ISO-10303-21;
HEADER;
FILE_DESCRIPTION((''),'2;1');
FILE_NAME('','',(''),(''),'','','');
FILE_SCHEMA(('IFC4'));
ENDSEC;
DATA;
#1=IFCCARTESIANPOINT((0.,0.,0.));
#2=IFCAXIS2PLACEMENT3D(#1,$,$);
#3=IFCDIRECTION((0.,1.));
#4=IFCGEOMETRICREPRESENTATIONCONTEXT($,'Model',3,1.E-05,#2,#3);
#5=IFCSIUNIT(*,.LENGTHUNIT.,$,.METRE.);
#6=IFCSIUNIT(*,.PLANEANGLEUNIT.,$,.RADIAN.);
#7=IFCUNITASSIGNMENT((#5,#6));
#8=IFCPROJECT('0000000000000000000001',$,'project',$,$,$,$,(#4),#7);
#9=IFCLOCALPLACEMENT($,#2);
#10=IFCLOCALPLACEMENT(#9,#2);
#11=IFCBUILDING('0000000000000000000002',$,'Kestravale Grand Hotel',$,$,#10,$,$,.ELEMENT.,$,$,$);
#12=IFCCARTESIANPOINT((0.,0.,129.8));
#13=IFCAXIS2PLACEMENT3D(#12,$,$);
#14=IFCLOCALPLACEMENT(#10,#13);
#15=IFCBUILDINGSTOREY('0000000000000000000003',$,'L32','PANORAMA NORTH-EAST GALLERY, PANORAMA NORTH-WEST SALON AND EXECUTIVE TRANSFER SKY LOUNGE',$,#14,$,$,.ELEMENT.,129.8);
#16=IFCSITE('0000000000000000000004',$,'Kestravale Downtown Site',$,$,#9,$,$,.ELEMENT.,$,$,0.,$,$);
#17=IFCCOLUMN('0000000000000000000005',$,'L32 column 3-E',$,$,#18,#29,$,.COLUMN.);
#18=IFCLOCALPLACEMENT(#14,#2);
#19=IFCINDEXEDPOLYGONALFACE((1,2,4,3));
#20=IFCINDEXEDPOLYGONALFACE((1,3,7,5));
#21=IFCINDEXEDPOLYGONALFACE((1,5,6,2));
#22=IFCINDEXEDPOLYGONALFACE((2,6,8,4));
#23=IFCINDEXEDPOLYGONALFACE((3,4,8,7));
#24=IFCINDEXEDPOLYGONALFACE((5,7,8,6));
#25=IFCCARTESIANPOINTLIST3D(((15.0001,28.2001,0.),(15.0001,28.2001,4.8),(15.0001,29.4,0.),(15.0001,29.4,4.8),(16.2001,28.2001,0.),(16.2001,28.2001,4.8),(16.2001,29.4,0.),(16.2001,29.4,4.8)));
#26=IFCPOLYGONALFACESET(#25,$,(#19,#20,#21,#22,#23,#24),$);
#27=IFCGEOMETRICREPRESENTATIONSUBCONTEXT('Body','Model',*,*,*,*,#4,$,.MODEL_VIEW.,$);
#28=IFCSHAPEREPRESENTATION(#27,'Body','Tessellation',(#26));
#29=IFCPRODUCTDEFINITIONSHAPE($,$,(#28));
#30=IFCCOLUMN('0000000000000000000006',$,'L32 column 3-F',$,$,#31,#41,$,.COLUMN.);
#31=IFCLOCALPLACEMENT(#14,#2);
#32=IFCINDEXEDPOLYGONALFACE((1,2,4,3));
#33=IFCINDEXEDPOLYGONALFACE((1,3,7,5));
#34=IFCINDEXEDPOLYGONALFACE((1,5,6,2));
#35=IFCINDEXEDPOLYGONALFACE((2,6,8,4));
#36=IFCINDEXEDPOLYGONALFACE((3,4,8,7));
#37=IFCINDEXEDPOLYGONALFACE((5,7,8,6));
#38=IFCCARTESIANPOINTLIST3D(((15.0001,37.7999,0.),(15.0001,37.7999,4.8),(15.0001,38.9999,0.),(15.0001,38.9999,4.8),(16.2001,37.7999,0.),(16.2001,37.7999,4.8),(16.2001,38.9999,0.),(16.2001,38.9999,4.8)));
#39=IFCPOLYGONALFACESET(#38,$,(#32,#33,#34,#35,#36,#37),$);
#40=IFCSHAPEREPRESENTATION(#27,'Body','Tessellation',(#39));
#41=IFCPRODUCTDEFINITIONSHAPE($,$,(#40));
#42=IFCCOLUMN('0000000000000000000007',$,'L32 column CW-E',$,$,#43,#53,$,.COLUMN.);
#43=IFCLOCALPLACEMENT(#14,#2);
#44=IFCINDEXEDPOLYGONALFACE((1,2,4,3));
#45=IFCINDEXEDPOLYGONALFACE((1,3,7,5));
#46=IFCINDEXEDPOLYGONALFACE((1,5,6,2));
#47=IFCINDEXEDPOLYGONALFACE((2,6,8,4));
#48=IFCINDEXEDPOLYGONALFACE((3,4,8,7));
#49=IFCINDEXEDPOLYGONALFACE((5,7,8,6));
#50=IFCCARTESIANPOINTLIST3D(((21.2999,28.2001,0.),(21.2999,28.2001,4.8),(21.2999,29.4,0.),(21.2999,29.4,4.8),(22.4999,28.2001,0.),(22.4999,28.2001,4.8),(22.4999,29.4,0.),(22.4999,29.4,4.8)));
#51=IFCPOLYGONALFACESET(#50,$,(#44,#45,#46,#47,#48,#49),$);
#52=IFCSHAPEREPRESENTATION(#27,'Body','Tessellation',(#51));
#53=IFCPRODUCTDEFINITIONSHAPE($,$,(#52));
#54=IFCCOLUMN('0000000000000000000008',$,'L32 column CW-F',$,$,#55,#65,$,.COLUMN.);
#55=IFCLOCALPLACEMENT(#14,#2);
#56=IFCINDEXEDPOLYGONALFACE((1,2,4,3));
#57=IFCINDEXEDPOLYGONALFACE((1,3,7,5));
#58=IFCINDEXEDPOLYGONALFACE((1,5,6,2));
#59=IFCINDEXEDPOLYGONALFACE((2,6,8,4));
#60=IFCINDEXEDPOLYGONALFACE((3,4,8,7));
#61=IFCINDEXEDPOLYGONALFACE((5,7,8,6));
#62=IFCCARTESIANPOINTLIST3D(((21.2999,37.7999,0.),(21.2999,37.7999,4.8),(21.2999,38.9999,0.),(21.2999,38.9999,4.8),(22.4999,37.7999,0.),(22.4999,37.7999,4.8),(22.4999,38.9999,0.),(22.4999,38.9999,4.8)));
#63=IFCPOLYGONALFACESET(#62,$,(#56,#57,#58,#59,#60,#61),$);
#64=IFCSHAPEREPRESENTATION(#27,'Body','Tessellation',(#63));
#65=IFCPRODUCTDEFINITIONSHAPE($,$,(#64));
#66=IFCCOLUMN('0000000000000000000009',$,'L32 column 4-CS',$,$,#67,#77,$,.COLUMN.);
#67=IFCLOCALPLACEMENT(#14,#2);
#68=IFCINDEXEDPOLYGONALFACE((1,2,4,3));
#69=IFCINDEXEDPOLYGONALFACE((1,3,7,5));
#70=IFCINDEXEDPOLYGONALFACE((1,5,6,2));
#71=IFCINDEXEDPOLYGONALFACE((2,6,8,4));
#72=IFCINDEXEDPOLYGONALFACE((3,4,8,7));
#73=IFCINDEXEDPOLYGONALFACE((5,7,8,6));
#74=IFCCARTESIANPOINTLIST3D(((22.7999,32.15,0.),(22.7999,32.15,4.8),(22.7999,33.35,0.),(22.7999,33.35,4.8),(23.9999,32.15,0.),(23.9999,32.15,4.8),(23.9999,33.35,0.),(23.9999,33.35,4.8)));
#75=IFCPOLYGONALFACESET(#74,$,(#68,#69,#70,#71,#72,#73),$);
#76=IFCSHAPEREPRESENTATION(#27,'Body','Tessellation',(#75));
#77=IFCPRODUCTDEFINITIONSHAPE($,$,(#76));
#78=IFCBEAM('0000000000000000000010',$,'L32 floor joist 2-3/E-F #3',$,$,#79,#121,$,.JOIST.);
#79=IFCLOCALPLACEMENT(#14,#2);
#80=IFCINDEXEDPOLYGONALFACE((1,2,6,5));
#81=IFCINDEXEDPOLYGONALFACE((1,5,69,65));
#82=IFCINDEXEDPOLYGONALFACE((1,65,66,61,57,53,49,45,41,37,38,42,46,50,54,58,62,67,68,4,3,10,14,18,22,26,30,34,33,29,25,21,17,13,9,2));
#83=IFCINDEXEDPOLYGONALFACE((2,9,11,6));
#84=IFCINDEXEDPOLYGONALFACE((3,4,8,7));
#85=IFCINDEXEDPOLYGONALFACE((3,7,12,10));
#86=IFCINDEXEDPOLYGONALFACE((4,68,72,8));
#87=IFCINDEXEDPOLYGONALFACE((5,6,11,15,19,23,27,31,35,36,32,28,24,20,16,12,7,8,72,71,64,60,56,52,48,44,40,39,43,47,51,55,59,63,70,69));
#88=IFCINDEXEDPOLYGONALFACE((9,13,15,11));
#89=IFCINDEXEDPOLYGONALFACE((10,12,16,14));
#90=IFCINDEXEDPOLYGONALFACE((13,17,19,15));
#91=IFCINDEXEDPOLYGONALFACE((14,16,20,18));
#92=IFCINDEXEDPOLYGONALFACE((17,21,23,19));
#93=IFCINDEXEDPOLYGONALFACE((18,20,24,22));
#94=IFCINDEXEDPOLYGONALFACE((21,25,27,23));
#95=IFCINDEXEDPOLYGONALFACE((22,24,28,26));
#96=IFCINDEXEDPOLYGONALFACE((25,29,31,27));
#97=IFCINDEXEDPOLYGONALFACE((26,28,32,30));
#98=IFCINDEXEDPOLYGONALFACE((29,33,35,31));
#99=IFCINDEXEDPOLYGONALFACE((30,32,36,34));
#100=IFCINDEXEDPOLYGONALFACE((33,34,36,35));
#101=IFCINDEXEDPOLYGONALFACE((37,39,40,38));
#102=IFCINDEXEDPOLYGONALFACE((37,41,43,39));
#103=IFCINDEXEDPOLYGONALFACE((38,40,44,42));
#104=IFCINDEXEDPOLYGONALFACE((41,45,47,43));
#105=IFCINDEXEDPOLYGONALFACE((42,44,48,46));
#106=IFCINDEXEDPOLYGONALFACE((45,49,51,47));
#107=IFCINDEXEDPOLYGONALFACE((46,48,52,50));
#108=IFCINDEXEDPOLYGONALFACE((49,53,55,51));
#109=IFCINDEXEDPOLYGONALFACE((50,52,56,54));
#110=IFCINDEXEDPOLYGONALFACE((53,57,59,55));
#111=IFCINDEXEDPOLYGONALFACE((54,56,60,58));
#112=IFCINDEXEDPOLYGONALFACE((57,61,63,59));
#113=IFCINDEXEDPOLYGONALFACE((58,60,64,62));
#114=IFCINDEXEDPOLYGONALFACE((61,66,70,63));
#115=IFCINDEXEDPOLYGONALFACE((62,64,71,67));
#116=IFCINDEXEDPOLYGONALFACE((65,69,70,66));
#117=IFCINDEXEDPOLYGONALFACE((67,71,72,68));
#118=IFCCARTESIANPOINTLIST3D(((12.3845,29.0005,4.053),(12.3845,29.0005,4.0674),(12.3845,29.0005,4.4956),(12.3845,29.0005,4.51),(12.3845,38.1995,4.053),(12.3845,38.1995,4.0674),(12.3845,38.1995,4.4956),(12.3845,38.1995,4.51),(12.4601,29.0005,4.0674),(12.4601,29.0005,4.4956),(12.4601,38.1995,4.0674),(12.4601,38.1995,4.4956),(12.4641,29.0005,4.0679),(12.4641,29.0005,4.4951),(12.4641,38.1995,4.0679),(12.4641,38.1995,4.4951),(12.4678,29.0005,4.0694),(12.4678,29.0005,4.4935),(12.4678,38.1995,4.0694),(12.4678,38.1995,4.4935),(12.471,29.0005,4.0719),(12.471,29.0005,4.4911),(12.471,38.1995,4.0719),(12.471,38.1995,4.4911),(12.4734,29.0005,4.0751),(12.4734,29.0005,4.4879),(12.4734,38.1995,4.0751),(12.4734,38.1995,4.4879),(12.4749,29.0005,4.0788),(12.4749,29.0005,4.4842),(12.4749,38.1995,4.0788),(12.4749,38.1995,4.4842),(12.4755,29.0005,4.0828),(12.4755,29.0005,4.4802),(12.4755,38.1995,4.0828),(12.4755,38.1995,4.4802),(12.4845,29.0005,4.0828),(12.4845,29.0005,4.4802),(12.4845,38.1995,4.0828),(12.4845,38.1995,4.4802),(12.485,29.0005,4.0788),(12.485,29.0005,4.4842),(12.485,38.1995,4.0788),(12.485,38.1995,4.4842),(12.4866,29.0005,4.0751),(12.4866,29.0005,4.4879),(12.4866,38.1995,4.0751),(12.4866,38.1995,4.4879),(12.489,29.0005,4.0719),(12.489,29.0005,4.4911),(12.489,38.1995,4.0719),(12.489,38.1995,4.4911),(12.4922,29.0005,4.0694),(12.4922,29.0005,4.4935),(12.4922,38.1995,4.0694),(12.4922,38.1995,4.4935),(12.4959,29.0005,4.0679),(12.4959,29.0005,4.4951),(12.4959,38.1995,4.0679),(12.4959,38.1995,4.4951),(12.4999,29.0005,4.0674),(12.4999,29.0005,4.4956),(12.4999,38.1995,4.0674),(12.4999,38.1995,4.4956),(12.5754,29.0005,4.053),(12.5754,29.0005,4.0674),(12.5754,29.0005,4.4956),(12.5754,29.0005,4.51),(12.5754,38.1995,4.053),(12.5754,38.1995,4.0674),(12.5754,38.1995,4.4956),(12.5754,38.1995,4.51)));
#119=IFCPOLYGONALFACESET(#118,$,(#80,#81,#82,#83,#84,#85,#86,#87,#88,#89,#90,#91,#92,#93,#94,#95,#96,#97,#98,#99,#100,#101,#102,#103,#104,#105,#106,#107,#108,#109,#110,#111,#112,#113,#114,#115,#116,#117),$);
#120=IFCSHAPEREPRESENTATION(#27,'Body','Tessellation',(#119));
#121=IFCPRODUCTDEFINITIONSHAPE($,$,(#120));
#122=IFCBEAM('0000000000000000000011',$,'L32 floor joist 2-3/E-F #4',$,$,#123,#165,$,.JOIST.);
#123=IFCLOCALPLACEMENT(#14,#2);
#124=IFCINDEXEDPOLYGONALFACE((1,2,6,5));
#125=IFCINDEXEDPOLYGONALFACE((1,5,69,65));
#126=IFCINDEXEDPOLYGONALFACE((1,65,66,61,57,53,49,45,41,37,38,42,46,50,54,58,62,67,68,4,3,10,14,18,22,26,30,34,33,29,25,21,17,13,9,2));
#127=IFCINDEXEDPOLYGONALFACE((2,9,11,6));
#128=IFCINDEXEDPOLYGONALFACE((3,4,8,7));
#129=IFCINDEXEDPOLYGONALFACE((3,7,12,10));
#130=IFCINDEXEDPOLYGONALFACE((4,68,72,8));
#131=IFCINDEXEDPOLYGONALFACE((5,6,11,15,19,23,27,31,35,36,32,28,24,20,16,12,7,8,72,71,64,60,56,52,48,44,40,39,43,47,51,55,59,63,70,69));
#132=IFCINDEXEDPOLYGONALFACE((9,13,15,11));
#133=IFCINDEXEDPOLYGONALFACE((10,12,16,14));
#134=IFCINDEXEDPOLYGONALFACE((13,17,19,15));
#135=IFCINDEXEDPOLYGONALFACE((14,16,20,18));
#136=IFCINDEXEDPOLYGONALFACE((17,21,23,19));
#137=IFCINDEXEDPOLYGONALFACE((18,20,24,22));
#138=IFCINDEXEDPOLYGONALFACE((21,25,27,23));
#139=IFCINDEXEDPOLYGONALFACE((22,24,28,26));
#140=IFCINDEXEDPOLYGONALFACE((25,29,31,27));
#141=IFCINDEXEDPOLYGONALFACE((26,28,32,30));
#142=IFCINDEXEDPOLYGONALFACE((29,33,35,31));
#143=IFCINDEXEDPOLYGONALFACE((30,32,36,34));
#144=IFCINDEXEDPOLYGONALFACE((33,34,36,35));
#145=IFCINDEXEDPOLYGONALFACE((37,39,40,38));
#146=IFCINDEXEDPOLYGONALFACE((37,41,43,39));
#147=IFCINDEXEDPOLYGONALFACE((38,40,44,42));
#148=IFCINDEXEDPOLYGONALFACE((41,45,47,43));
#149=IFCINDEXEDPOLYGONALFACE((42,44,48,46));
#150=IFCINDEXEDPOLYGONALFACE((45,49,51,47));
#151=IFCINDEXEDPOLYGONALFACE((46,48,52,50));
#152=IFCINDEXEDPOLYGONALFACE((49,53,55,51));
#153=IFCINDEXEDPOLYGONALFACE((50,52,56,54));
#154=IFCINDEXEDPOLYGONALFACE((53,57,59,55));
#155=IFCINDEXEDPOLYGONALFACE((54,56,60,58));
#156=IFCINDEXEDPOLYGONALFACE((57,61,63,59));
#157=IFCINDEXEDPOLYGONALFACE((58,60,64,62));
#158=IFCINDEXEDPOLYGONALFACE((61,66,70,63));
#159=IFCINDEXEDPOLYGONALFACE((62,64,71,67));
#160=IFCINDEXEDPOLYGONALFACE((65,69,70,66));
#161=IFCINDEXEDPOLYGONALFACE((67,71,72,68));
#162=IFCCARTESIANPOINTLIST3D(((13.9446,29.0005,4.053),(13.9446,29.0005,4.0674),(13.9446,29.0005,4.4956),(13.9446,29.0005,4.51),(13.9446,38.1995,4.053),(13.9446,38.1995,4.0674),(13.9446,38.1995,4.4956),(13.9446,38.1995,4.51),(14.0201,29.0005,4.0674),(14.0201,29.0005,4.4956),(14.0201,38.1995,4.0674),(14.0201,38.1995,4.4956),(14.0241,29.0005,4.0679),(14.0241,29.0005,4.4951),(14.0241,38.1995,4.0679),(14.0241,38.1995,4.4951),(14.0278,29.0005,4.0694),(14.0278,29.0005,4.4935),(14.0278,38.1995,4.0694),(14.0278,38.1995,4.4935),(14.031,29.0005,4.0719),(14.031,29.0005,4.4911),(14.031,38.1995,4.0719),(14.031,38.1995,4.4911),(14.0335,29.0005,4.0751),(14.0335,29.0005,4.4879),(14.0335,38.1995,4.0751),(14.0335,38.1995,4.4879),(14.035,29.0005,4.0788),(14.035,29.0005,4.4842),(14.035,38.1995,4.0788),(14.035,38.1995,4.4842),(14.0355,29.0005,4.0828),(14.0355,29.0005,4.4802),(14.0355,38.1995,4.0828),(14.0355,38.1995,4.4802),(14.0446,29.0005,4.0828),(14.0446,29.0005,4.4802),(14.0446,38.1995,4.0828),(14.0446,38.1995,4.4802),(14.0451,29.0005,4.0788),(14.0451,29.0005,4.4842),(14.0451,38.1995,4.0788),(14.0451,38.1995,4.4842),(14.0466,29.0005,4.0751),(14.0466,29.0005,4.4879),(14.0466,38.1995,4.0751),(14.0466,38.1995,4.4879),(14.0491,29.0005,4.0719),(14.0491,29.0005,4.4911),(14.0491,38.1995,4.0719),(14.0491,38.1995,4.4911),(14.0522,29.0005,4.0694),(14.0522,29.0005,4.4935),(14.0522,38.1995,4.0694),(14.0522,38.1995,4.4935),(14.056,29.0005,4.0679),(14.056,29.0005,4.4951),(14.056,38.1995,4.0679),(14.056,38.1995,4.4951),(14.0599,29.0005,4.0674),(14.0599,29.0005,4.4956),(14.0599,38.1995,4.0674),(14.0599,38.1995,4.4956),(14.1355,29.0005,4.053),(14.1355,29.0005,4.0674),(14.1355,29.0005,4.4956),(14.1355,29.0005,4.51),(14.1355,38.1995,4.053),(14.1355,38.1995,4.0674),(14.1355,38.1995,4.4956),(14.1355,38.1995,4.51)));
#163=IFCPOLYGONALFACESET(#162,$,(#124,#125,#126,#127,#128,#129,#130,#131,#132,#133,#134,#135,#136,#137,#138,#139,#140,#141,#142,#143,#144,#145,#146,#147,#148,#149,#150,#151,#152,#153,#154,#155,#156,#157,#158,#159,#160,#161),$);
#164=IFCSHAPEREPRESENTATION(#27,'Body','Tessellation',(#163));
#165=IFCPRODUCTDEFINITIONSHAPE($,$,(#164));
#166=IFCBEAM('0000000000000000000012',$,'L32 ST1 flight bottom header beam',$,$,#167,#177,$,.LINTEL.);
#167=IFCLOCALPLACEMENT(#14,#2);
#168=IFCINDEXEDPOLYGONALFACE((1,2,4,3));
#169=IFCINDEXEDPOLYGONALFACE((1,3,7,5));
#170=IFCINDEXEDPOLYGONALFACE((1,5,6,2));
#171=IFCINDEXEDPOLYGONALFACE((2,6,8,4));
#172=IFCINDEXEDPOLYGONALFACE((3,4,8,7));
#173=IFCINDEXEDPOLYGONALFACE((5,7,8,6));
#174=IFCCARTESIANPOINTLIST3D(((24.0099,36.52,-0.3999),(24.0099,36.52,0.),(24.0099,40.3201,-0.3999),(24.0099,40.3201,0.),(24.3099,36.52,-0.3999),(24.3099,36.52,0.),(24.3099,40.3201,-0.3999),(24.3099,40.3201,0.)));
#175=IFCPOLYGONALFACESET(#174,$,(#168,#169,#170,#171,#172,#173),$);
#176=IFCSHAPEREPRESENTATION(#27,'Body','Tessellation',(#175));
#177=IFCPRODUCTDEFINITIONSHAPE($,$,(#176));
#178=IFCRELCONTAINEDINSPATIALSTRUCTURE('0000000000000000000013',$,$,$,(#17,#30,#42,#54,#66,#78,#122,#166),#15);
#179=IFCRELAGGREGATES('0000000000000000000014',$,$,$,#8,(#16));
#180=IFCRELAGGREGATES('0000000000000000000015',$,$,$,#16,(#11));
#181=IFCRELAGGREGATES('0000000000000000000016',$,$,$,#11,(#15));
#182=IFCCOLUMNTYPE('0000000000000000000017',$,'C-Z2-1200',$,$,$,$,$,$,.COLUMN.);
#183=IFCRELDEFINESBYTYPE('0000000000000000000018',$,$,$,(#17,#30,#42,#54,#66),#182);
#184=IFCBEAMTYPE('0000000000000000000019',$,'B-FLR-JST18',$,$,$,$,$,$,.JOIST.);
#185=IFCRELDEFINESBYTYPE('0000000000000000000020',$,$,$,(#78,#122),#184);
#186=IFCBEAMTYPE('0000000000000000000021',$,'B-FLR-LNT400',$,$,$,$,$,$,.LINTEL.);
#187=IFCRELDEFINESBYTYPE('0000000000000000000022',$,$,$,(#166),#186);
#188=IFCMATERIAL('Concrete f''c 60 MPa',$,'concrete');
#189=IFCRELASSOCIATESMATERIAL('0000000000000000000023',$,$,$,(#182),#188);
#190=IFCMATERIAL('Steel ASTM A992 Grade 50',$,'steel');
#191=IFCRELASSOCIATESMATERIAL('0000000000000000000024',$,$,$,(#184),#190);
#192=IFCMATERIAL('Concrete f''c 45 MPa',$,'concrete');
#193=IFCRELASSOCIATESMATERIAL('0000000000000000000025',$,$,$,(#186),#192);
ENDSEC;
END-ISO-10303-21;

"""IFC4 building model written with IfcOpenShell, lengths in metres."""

from ifc_helpers import new_model, si_unit, direction, frame, origin, origin_2d, place, context, subcontext, project, spatial, rectangle, i_section, extrude, material, material_profile, profile_set, type_object, element, save


model = new_model("IFC4")

# Units and contexts
model_context = context("Model", 3, precision=1e-05, world=origin(), true_north=direction((0.0, 1.0)))
body_context = subcontext(model_context, "Body", "Model", "MODEL_VIEW")
ifc_project = project(units=[si_unit("LENGTHUNIT", "METRE"), si_unit("PLANEANGLEUNIT", "RADIAN")], contexts=[model_context])

# Site, building, storey
site_placement = place(None, origin())
site = spatial("IfcSite", under=ifc_project, at=site_placement, Name="Kestravale Downtown Site", CompositionType="ELEMENT", RefElevation=0.0)
building_placement = place(site_placement, origin())
building = spatial("IfcBuilding", under=site, at=building_placement, Name="Kestravale Grand Hotel", CompositionType="ELEMENT")
storey_placement = place(building_placement, frame((0.0, 0.0, 129.8)))
storey = spatial("IfcBuildingStorey", under=building, at=storey_placement, Name="L32", Description="PANORAMA NORTH-EAST GALLERY, PANORAMA NORTH-WEST SALON AND EXECUTIVE TRANSFER SKY LOUNGE", CompositionType="ELEMENT", Elevation=129.8)

# Columns
ifc_material_1 = material(Name="Concrete f'c 60 MPa", Category="concrete")
ifc_material_profile_1 = material_profile(ifc_material_1, rectangle(XDim=1.2, YDim=1.2, at=origin_2d()))
ifc_profile_set_1 = profile_set([ifc_material_profile_1], Name="Concrete f'c 60 MPa")
column_type = type_object("IfcColumnType", Name="C-Z2-1200", PredefinedType="COLUMN", material=ifc_profile_set_1)
for number, where, z_axis, x_axis, name in (
    (1, (15.6001, 28.8, 0.0), (0.0, 0.0, 1.0), (1.0, 0.0, 0.0), "L32 column 3-E"),
    (2, (15.6001, 38.3999, 0.0), (0.0, 0.0, 1.0), (1.0, 0.0, 0.0), "L32 column 3-F"),
    (3, (21.8999, 28.8, 0.0), (0.0, 0.0, 1.0), (1.0, 0.0, 0.0), "L32 column CW-E"),
    (4, (21.8999, 38.3999, 0.0), (0.0, 0.0, 1.0), (1.0, 0.0, 0.0), "L32 column CW-F"),
    (5, (23.3999, 32.75, 0.0), (0.0, 0.0, 1.0), (1.0, 0.0, 0.0), "L32 column 4-CS"),
):
    element("IfcColumn", number, at=place(storey_placement, frame(where, z_axis=z_axis, x_axis=x_axis)), inside=storey, type_object=column_type, Name=name, PredefinedType="COLUMN", context=body_context, shape_type="SweptSolid", body=[
        extrude(rectangle(XDim=1.2, YDim=1.2, at=origin_2d()), origin(), (0.0, 0.0, 1.0), 4.8),
    ])

# Beams
ifc_material_2 = material(Name="Steel ASTM A992 Grade 50", Category="steel")
ifc_material_profile_2 = material_profile(ifc_material_2, i_section(OverallWidth=0.1909, OverallDepth=0.457, WebThickness=0.009, FlangeThickness=0.0144, FilletRadius=0.0154, at=origin_2d()))
ifc_profile_set_2 = profile_set([ifc_material_profile_2], Name="Steel ASTM A992 Grade 50")
beam_type_1 = type_object("IfcBeamType", Name="B-FLR-JST18", PredefinedType="JOIST", material=ifc_profile_set_2)
for number, where, z_axis, x_axis, name in (
    (6, (12.48, 29.0005, 4.2815), (0.0, 1.0, 0.0), (-1.0, 0.0, 0.0), "L32 floor joist 2-3/E-F #3"),
    (7, (14.04, 29.0005, 4.2815), (0.0, 1.0, 0.0), (-1.0, 0.0, 0.0), "L32 floor joist 2-3/E-F #4"),
):
    element("IfcBeam", number, at=place(storey_placement, frame(where, z_axis=z_axis, x_axis=x_axis)), inside=storey, type_object=beam_type_1, Name=name, PredefinedType="JOIST", context=body_context, shape_type="SweptSolid", body=[
        extrude(i_section(OverallWidth=0.1909, OverallDepth=0.457, WebThickness=0.009, FlangeThickness=0.0144, FilletRadius=0.0154, at=origin_2d()), origin(), (0.0, 0.0, 1.0), 9.199),
    ])
ifc_material_3 = material(Name="Concrete f'c 45 MPa", Category="concrete")
ifc_material_profile_3 = material_profile(ifc_material_3, rectangle(XDim=0.3, YDim=0.3999, at=origin_2d()))
ifc_profile_set_3 = profile_set([ifc_material_profile_3], Name="Concrete f'c 45 MPa")
beam_type_2 = type_object("IfcBeamType", Name="B-FLR-LNT400", PredefinedType="LINTEL", material=ifc_profile_set_3)
beam_1_placement = place(storey_placement, frame((24.1599, 36.52, -0.2), z_axis=(0.0, 1.0, 0.0), x_axis=(-1.0, 0.0, 0.0)))
element("IfcBeam", 8, at=beam_1_placement, inside=storey, type_object=beam_type_2, Name="L32 ST1 flight bottom header beam", PredefinedType="LINTEL", context=body_context, shape_type="SweptSolid", body=[
    extrude(rectangle(XDim=0.3, YDim=0.3999, at=origin_2d()), origin(), (0.0, 0.0, 1.0), 3.8),
])

save(model, "model.ifc")
